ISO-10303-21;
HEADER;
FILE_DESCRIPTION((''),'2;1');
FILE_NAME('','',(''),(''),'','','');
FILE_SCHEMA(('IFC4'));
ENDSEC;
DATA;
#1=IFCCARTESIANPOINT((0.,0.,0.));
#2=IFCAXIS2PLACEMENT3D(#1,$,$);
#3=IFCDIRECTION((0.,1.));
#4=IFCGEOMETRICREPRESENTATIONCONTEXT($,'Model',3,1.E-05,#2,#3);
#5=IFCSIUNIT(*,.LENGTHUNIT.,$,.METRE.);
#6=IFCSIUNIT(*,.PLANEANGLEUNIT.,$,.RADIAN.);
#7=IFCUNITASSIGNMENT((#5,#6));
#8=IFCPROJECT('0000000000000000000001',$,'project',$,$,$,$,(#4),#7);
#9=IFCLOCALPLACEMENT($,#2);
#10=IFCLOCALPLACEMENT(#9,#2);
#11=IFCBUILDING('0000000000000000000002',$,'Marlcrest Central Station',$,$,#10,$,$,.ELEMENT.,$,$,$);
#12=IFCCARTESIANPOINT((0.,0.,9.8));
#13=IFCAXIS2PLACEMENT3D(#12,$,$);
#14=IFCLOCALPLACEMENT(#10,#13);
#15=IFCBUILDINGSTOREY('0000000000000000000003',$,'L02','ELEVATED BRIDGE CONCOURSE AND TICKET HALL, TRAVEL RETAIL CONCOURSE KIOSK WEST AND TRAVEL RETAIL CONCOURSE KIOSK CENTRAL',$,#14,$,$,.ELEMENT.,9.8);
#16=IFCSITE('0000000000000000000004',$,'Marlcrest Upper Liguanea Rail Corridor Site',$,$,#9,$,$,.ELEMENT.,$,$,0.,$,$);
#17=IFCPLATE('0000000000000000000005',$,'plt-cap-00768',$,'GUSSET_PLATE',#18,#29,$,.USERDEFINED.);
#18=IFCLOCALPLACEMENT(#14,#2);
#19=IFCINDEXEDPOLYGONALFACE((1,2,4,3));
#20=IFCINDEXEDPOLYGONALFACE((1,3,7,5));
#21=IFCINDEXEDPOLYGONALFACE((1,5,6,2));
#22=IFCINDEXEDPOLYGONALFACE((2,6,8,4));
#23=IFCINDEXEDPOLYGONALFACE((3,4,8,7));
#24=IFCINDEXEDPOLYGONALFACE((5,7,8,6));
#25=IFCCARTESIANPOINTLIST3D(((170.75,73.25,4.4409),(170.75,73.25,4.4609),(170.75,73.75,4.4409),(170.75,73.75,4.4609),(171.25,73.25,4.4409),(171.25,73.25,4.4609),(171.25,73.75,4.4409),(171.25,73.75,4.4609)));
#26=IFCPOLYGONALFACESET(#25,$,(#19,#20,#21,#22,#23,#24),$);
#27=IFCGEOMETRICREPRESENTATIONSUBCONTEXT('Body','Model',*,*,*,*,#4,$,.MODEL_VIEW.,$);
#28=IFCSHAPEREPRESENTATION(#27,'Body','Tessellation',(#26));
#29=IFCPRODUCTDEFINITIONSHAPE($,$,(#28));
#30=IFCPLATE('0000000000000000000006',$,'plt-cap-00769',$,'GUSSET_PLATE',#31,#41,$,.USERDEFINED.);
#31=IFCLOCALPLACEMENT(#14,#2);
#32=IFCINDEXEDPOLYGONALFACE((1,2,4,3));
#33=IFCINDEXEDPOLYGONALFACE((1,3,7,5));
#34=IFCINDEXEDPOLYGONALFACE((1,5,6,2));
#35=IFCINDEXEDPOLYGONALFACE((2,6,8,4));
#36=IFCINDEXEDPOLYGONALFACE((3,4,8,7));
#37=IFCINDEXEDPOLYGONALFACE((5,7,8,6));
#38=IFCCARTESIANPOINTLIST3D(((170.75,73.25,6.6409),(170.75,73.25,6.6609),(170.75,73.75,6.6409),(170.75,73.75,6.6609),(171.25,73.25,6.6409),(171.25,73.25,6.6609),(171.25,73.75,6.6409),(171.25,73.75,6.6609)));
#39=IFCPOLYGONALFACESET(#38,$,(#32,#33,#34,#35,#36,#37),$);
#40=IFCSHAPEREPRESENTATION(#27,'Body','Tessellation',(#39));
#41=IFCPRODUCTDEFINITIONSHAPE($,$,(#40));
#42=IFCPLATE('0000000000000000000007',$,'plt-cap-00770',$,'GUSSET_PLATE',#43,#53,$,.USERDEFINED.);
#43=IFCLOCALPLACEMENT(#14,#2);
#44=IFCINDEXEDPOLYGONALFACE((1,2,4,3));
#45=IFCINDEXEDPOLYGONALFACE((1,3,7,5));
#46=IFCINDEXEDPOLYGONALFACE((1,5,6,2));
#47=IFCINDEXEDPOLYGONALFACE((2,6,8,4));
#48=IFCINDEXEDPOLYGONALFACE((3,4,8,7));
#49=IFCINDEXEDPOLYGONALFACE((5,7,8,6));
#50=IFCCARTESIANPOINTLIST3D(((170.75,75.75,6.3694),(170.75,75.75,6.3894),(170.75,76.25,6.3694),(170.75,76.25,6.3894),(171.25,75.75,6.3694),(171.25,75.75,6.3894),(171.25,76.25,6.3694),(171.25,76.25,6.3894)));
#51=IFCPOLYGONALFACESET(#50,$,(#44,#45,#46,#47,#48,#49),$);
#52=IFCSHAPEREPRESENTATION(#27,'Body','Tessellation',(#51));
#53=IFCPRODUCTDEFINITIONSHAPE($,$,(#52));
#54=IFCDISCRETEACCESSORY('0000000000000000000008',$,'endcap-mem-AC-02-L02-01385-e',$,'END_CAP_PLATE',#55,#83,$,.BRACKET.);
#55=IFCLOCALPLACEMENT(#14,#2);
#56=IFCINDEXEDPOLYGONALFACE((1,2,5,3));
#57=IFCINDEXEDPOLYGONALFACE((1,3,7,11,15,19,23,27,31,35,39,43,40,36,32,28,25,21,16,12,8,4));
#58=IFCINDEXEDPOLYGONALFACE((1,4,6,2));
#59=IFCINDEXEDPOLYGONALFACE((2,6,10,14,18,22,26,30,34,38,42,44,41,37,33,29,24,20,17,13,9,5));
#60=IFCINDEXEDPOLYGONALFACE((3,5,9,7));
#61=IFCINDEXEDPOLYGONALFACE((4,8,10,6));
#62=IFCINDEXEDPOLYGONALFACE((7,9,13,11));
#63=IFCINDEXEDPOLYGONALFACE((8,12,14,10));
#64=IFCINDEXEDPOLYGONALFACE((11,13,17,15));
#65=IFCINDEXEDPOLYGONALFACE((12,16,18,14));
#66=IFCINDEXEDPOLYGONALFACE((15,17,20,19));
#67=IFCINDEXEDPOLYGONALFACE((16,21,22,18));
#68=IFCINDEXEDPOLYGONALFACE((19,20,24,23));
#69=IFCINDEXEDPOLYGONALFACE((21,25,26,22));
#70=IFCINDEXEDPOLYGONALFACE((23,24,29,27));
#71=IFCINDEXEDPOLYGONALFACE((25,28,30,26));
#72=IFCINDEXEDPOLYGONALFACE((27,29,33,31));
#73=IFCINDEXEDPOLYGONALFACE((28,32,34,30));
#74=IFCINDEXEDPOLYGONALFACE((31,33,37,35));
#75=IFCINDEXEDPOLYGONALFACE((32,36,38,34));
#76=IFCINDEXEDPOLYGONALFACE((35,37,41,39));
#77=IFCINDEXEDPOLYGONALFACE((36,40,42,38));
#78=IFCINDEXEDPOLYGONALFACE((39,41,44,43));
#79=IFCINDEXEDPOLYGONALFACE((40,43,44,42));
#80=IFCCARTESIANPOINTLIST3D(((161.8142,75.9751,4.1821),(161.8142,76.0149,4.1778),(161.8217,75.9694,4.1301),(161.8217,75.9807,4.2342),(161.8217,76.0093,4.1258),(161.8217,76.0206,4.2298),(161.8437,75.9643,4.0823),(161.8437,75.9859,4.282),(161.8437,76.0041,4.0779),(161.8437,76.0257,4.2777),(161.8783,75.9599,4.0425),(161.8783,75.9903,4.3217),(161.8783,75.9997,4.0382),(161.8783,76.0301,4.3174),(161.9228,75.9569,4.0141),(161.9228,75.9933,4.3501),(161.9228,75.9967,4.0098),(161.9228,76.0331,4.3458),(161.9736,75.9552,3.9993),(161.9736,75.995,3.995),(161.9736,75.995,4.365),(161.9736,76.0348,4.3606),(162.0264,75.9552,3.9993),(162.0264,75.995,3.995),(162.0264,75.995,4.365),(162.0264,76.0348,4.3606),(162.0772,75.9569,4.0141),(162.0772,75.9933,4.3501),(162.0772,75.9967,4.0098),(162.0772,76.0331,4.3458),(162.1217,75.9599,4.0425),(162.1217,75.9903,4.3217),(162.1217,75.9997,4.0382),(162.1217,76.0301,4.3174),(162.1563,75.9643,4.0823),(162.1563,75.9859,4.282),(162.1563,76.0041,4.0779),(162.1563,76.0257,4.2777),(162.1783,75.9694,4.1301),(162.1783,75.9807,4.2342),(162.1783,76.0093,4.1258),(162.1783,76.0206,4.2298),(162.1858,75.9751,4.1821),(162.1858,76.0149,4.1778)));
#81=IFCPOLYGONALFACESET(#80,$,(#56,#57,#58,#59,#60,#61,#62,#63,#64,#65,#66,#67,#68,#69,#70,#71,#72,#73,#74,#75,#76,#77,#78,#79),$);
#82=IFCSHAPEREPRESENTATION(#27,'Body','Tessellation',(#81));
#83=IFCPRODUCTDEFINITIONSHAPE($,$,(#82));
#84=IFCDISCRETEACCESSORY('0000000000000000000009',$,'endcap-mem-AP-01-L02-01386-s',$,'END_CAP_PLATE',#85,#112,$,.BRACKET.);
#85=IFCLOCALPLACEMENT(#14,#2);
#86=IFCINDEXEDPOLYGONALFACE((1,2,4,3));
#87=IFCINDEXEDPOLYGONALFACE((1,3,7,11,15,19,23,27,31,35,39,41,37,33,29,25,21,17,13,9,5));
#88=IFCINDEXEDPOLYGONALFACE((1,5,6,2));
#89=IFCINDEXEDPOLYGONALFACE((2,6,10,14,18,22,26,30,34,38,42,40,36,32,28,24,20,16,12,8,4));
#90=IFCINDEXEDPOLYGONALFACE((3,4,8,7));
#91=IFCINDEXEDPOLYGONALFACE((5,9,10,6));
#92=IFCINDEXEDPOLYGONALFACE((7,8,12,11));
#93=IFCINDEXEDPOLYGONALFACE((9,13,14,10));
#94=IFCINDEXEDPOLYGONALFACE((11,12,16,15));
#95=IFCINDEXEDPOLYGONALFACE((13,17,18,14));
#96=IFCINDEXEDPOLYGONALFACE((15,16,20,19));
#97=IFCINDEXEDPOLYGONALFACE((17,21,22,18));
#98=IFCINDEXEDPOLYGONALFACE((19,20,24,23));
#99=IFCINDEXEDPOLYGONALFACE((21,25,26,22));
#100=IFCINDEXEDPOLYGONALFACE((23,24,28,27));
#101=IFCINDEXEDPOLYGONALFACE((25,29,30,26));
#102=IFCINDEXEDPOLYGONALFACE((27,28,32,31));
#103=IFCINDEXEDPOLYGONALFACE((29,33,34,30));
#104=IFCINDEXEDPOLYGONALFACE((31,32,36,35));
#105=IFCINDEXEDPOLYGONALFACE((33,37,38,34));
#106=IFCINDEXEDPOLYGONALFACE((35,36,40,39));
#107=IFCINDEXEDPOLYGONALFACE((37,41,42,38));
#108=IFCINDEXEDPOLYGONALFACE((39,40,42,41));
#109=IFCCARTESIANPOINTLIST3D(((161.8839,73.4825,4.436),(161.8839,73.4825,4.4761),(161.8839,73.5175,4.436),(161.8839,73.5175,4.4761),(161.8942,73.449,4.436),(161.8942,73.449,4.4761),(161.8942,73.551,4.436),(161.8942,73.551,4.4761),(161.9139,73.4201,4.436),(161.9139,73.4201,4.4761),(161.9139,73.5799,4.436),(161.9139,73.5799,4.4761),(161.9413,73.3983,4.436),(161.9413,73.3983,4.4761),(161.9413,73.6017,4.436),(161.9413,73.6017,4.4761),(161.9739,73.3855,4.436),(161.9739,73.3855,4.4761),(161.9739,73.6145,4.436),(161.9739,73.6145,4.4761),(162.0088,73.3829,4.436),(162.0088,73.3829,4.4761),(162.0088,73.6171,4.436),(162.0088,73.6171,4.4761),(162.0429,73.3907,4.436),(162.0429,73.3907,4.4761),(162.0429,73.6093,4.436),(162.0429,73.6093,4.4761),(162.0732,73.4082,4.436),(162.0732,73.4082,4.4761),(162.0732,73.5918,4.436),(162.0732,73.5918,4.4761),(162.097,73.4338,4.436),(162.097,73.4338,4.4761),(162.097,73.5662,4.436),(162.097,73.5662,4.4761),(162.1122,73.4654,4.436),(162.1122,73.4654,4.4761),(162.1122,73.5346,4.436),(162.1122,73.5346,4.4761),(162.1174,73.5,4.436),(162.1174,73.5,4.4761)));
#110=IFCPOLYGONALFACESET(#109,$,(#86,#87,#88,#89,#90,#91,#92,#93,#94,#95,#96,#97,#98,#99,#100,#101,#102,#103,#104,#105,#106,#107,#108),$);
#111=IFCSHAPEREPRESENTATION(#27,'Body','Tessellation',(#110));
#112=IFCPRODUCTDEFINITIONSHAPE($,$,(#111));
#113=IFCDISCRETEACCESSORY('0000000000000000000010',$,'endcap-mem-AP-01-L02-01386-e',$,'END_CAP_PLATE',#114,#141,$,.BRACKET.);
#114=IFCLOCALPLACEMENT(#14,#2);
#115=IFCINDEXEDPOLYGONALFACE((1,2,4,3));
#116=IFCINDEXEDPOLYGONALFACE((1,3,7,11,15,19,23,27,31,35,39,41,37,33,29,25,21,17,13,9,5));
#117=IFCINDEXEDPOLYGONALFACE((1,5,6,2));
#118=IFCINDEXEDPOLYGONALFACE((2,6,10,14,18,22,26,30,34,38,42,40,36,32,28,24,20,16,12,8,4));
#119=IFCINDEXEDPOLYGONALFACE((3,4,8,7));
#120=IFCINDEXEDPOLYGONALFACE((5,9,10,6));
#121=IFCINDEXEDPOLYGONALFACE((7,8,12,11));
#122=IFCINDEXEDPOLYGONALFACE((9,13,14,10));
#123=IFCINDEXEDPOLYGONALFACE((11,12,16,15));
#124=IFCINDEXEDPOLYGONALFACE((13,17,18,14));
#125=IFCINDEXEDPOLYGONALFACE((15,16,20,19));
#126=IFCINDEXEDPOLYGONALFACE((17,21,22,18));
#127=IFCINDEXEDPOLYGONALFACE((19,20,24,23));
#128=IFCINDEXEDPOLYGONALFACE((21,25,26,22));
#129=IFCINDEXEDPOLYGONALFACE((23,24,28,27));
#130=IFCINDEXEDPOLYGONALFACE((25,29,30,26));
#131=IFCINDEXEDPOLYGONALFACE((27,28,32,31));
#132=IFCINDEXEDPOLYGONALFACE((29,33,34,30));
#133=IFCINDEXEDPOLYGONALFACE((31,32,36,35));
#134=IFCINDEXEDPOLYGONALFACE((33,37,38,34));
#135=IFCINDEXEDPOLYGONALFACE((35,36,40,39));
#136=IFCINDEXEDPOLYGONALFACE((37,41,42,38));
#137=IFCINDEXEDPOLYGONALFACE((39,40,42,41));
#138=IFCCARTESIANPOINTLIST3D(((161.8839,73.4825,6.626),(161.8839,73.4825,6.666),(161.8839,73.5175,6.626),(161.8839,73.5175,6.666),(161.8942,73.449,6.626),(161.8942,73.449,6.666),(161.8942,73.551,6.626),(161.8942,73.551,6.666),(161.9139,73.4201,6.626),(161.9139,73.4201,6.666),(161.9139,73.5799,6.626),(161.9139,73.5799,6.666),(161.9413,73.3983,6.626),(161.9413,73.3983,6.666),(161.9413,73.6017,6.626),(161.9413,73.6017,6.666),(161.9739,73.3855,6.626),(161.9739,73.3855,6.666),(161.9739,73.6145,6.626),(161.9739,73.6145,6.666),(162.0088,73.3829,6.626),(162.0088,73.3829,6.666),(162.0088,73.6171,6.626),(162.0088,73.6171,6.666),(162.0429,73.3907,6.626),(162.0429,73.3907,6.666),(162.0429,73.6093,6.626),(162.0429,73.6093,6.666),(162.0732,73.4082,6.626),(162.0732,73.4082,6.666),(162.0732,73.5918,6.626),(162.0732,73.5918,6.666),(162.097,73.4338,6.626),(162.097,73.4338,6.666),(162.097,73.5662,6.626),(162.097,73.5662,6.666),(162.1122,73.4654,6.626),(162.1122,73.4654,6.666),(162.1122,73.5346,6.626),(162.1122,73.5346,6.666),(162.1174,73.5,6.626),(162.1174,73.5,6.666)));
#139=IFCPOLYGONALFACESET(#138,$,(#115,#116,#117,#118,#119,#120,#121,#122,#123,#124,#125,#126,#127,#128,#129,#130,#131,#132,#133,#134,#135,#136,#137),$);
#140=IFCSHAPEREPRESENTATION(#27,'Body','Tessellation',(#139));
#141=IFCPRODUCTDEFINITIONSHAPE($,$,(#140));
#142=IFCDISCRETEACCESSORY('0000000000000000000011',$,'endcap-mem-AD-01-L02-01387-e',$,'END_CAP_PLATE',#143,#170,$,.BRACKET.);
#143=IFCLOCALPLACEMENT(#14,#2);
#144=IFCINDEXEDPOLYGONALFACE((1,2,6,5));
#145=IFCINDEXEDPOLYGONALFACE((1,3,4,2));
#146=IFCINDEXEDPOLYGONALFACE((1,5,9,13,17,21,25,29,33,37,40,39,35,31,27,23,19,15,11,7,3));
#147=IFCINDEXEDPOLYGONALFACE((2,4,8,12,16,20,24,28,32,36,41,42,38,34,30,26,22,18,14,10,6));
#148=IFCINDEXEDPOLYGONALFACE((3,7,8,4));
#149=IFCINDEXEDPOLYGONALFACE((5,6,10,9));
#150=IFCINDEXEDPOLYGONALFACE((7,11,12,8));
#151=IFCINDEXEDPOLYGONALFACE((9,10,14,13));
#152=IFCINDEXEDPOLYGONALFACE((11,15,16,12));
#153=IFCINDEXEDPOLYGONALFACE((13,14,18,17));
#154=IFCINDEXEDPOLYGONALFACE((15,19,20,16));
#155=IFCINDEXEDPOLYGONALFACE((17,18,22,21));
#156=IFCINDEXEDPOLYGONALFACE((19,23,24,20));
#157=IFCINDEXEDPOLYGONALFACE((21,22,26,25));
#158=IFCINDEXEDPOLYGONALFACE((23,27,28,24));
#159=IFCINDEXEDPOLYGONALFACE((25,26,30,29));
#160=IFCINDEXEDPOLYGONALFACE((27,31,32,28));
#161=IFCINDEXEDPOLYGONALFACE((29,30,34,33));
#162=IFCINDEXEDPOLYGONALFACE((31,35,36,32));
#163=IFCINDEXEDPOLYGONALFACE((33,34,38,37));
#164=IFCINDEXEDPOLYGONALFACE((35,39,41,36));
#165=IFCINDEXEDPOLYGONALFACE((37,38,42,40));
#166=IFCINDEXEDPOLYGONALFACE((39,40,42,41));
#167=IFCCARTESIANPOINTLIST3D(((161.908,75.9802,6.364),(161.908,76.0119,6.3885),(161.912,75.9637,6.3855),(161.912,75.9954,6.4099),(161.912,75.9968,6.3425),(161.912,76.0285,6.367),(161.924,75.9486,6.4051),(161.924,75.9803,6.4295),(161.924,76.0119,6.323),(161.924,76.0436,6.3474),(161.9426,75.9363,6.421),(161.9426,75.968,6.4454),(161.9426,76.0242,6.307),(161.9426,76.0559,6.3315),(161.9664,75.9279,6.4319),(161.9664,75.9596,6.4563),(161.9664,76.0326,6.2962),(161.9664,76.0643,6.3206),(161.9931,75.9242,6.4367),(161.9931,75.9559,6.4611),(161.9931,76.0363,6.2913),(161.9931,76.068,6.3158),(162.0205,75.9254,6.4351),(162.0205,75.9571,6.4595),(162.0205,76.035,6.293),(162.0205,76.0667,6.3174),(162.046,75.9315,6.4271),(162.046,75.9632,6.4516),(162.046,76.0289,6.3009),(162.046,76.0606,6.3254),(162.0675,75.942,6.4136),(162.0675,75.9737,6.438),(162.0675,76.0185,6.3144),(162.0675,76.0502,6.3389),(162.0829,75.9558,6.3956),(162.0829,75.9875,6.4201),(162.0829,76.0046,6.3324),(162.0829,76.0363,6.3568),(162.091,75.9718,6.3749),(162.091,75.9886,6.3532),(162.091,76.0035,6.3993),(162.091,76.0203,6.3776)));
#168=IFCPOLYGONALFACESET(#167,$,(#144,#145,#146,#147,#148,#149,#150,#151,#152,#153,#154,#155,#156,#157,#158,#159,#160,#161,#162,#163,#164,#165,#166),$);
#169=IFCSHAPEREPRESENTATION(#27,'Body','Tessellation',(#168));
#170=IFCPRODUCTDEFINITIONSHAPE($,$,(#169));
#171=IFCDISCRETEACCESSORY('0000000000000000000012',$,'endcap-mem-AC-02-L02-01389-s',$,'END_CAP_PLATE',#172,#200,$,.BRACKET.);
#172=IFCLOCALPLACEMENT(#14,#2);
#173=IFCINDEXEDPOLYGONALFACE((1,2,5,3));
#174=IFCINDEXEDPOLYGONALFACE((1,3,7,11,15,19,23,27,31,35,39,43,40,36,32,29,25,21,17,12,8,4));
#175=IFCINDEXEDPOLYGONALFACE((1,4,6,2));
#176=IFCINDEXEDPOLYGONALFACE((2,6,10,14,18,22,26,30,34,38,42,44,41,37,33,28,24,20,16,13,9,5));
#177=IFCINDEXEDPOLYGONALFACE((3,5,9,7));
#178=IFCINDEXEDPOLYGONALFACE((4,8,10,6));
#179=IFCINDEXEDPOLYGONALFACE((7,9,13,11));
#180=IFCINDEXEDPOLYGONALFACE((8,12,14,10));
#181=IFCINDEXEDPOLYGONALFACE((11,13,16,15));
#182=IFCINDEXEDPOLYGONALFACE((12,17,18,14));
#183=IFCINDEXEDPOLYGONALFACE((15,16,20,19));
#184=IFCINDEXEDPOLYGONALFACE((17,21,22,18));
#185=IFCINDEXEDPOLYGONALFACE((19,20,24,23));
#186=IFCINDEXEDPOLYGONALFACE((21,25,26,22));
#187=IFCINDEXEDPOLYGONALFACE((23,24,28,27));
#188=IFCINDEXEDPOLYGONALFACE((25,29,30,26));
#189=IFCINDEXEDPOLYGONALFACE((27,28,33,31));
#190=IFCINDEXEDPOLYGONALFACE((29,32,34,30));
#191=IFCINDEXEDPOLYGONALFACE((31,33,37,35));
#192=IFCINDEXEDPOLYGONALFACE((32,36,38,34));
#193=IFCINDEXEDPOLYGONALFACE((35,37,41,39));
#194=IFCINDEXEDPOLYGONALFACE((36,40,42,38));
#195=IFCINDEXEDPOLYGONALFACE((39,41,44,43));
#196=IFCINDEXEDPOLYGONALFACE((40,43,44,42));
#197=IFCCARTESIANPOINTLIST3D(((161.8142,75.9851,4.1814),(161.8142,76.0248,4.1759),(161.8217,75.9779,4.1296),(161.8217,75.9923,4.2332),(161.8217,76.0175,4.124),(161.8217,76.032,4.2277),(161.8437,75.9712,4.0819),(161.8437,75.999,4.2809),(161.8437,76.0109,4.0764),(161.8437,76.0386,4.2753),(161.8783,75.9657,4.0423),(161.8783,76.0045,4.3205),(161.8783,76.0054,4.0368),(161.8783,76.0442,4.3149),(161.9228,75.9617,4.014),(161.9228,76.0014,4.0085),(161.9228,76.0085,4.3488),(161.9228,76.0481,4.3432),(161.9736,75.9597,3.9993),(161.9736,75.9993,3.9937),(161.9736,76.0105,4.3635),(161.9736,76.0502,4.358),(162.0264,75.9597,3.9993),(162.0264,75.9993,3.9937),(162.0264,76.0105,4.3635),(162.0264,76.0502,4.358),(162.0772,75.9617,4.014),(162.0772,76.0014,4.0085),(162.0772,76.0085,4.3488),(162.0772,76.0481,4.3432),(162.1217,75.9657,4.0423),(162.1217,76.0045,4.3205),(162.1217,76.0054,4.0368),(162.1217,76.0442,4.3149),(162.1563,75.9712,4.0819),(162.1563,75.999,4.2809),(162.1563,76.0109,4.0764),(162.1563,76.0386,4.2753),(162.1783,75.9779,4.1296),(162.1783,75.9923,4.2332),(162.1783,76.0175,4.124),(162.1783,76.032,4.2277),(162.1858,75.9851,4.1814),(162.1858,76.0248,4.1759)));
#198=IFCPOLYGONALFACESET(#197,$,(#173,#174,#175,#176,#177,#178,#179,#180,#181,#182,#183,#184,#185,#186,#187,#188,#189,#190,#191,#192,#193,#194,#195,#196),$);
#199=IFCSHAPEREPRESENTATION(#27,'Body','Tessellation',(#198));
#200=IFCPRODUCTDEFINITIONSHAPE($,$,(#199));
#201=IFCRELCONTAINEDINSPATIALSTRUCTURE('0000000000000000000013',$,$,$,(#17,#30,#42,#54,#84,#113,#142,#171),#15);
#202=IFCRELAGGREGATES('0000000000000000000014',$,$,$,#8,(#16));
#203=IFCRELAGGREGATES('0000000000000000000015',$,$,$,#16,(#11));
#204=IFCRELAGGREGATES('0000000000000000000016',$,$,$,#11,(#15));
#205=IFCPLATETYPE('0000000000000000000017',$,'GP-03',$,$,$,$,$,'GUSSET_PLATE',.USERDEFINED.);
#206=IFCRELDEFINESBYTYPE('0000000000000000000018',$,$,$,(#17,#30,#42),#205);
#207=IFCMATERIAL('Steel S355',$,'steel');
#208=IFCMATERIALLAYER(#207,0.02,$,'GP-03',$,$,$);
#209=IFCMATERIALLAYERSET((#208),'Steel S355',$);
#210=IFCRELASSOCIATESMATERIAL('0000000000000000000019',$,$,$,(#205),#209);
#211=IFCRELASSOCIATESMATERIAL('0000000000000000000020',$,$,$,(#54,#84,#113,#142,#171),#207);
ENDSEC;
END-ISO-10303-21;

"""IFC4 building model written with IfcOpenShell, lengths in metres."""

from ifc_helpers import new_model, si_unit, direction, frame, origin, origin_2d, place, context, subcontext, project, spatial, rectangle, circle, extrude, material, layer, layer_set, type_object, element, save


model = new_model("IFC4")

# Units and contexts
model_context = context("Model", 3, precision=1e-05, world=origin(), true_north=direction((0.0, 1.0)))
body_context = subcontext(model_context, "Body", "Model", "MODEL_VIEW")
ifc_project = project(units=[si_unit("LENGTHUNIT", "METRE"), si_unit("PLANEANGLEUNIT", "RADIAN")], contexts=[model_context])

# Site, building, storey
site_placement = place(None, origin())
site = spatial("IfcSite", under=ifc_project, at=site_placement, Name="Marlcrest Upper Liguanea Rail Corridor Site", CompositionType="ELEMENT", RefElevation=0.0)
building_placement = place(site_placement, origin())
building = spatial("IfcBuilding", under=site, at=building_placement, Name="Marlcrest Central Station", CompositionType="ELEMENT")
storey_placement = place(building_placement, frame((0.0, 0.0, 9.8)))
storey = spatial("IfcBuildingStorey", under=building, at=storey_placement, Name="L02", Description="ELEVATED BRIDGE CONCOURSE AND TICKET HALL, TRAVEL RETAIL CONCOURSE KIOSK WEST AND TRAVEL RETAIL CONCOURSE KIOSK CENTRAL", CompositionType="ELEMENT", Elevation=9.8)

# Shared definitions
ifc_material = material(Name="Steel S355", Category="steel")

# Plates
ifc_layer = layer(ifc_material, 0.02, Name="GP-03")
ifc_layer_set = layer_set([ifc_layer], Name="Steel S355")
plate_type = type_object("IfcPlateType", Name="GP-03", ElementType="GUSSET_PLATE", PredefinedType="USERDEFINED", material=ifc_layer_set)
for number, where, z_axis, x_axis, name in (
    (1, (171.0, 73.5, 4.4409), (0.0, 0.0, 1.0), (1.0, 0.0, 0.0), "plt-cap-00768"),
    (2, (171.0, 73.5, 6.6409), (0.0, 0.0, 1.0), (1.0, 0.0, 0.0), "plt-cap-00769"),
    (3, (171.0, 76.0, 6.3694), (0.0, 0.0, 1.0), (1.0, 0.0, 0.0), "plt-cap-00770"),
):
    element("IfcPlate", number, at=place(storey_placement, frame(where, z_axis=z_axis, x_axis=x_axis)), inside=storey, type_object=plate_type, Name=name, ObjectType="GUSSET_PLATE", PredefinedType="USERDEFINED", context=body_context, shape_type="SweptSolid", body=[
        extrude(rectangle(XDim=0.5, YDim=0.5, at=origin_2d()), origin(), (0.0, 0.0, 1.0), 0.02),
    ])

# Discrete accessories
discrete_accessory_1_placement = place(storey_placement, frame((162.0, 75.9751, 4.1821), z_axis=(0.0, 0.994155, -0.107959), x_axis=(-1.0, 0.0, 0.0)))
element("IfcDiscreteAccessory", 4, at=discrete_accessory_1_placement, inside=storey, material=ifc_material, Name="endcap-mem-AC-02-L02-01385-e", ObjectType="END_CAP_PLATE", PredefinedType="BRACKET", context=body_context, shape_type="SweptSolid", body=[
    extrude(circle(Radius=0.1858, at=origin_2d()), origin(), (0.0, 0.0, 1.0), 0.04),
])
for number, where, z_axis, x_axis, name in (
    (5, (162.0, 73.5, 4.436), (0.0, 0.0, 1.0), (1.0, 0.0, 0.0), "endcap-mem-AP-01-L02-01386-s"),
    (6, (162.0, 73.5, 6.626), (0.0, 0.0, 1.0), (1.0, 0.0, 0.0), "endcap-mem-AP-01-L02-01386-e"),
):
    element("IfcDiscreteAccessory", number, at=place(storey_placement, frame(where, z_axis=z_axis, x_axis=x_axis)), inside=storey, material=ifc_material, Name=name, ObjectType="END_CAP_PLATE", PredefinedType="BRACKET", context=body_context, shape_type="SweptSolid", body=[
        extrude(circle(Radius=0.1174, at=origin_2d()), origin(), (0.0, 0.0, 1.0), 0.04),
    ])
discrete_accessory_2_placement = place(storey_placement, frame((162.0, 75.9802, 6.364), z_axis=(0.0, 0.791798, 0.610783), x_axis=(-1.0, 0.0, 0.0)))
element("IfcDiscreteAccessory", 7, at=discrete_accessory_2_placement, inside=storey, material=ifc_material, Name="endcap-mem-AD-01-L02-01387-e", ObjectType="END_CAP_PLATE", PredefinedType="BRACKET", context=body_context, shape_type="SweptSolid", body=[
    extrude(circle(Radius=0.092, at=origin_2d()), origin(), (0.0, 0.0, 1.0), 0.04),
])
discrete_accessory_3_placement = place(storey_placement, frame((162.0, 75.9851, 4.1814), z_axis=(0.0, 0.990403, -0.138211), x_axis=(-1.0, 0.0, 0.0)))
element("IfcDiscreteAccessory", 8, at=discrete_accessory_3_placement, inside=storey, material=ifc_material, Name="endcap-mem-AC-02-L02-01389-s", ObjectType="END_CAP_PLATE", PredefinedType="BRACKET", context=body_context, shape_type="SweptSolid", body=[
    extrude(circle(Radius=0.1858, at=origin_2d()), origin(), (0.0, 0.0, 1.0), 0.04),
])

save(model, "model.ifc")
